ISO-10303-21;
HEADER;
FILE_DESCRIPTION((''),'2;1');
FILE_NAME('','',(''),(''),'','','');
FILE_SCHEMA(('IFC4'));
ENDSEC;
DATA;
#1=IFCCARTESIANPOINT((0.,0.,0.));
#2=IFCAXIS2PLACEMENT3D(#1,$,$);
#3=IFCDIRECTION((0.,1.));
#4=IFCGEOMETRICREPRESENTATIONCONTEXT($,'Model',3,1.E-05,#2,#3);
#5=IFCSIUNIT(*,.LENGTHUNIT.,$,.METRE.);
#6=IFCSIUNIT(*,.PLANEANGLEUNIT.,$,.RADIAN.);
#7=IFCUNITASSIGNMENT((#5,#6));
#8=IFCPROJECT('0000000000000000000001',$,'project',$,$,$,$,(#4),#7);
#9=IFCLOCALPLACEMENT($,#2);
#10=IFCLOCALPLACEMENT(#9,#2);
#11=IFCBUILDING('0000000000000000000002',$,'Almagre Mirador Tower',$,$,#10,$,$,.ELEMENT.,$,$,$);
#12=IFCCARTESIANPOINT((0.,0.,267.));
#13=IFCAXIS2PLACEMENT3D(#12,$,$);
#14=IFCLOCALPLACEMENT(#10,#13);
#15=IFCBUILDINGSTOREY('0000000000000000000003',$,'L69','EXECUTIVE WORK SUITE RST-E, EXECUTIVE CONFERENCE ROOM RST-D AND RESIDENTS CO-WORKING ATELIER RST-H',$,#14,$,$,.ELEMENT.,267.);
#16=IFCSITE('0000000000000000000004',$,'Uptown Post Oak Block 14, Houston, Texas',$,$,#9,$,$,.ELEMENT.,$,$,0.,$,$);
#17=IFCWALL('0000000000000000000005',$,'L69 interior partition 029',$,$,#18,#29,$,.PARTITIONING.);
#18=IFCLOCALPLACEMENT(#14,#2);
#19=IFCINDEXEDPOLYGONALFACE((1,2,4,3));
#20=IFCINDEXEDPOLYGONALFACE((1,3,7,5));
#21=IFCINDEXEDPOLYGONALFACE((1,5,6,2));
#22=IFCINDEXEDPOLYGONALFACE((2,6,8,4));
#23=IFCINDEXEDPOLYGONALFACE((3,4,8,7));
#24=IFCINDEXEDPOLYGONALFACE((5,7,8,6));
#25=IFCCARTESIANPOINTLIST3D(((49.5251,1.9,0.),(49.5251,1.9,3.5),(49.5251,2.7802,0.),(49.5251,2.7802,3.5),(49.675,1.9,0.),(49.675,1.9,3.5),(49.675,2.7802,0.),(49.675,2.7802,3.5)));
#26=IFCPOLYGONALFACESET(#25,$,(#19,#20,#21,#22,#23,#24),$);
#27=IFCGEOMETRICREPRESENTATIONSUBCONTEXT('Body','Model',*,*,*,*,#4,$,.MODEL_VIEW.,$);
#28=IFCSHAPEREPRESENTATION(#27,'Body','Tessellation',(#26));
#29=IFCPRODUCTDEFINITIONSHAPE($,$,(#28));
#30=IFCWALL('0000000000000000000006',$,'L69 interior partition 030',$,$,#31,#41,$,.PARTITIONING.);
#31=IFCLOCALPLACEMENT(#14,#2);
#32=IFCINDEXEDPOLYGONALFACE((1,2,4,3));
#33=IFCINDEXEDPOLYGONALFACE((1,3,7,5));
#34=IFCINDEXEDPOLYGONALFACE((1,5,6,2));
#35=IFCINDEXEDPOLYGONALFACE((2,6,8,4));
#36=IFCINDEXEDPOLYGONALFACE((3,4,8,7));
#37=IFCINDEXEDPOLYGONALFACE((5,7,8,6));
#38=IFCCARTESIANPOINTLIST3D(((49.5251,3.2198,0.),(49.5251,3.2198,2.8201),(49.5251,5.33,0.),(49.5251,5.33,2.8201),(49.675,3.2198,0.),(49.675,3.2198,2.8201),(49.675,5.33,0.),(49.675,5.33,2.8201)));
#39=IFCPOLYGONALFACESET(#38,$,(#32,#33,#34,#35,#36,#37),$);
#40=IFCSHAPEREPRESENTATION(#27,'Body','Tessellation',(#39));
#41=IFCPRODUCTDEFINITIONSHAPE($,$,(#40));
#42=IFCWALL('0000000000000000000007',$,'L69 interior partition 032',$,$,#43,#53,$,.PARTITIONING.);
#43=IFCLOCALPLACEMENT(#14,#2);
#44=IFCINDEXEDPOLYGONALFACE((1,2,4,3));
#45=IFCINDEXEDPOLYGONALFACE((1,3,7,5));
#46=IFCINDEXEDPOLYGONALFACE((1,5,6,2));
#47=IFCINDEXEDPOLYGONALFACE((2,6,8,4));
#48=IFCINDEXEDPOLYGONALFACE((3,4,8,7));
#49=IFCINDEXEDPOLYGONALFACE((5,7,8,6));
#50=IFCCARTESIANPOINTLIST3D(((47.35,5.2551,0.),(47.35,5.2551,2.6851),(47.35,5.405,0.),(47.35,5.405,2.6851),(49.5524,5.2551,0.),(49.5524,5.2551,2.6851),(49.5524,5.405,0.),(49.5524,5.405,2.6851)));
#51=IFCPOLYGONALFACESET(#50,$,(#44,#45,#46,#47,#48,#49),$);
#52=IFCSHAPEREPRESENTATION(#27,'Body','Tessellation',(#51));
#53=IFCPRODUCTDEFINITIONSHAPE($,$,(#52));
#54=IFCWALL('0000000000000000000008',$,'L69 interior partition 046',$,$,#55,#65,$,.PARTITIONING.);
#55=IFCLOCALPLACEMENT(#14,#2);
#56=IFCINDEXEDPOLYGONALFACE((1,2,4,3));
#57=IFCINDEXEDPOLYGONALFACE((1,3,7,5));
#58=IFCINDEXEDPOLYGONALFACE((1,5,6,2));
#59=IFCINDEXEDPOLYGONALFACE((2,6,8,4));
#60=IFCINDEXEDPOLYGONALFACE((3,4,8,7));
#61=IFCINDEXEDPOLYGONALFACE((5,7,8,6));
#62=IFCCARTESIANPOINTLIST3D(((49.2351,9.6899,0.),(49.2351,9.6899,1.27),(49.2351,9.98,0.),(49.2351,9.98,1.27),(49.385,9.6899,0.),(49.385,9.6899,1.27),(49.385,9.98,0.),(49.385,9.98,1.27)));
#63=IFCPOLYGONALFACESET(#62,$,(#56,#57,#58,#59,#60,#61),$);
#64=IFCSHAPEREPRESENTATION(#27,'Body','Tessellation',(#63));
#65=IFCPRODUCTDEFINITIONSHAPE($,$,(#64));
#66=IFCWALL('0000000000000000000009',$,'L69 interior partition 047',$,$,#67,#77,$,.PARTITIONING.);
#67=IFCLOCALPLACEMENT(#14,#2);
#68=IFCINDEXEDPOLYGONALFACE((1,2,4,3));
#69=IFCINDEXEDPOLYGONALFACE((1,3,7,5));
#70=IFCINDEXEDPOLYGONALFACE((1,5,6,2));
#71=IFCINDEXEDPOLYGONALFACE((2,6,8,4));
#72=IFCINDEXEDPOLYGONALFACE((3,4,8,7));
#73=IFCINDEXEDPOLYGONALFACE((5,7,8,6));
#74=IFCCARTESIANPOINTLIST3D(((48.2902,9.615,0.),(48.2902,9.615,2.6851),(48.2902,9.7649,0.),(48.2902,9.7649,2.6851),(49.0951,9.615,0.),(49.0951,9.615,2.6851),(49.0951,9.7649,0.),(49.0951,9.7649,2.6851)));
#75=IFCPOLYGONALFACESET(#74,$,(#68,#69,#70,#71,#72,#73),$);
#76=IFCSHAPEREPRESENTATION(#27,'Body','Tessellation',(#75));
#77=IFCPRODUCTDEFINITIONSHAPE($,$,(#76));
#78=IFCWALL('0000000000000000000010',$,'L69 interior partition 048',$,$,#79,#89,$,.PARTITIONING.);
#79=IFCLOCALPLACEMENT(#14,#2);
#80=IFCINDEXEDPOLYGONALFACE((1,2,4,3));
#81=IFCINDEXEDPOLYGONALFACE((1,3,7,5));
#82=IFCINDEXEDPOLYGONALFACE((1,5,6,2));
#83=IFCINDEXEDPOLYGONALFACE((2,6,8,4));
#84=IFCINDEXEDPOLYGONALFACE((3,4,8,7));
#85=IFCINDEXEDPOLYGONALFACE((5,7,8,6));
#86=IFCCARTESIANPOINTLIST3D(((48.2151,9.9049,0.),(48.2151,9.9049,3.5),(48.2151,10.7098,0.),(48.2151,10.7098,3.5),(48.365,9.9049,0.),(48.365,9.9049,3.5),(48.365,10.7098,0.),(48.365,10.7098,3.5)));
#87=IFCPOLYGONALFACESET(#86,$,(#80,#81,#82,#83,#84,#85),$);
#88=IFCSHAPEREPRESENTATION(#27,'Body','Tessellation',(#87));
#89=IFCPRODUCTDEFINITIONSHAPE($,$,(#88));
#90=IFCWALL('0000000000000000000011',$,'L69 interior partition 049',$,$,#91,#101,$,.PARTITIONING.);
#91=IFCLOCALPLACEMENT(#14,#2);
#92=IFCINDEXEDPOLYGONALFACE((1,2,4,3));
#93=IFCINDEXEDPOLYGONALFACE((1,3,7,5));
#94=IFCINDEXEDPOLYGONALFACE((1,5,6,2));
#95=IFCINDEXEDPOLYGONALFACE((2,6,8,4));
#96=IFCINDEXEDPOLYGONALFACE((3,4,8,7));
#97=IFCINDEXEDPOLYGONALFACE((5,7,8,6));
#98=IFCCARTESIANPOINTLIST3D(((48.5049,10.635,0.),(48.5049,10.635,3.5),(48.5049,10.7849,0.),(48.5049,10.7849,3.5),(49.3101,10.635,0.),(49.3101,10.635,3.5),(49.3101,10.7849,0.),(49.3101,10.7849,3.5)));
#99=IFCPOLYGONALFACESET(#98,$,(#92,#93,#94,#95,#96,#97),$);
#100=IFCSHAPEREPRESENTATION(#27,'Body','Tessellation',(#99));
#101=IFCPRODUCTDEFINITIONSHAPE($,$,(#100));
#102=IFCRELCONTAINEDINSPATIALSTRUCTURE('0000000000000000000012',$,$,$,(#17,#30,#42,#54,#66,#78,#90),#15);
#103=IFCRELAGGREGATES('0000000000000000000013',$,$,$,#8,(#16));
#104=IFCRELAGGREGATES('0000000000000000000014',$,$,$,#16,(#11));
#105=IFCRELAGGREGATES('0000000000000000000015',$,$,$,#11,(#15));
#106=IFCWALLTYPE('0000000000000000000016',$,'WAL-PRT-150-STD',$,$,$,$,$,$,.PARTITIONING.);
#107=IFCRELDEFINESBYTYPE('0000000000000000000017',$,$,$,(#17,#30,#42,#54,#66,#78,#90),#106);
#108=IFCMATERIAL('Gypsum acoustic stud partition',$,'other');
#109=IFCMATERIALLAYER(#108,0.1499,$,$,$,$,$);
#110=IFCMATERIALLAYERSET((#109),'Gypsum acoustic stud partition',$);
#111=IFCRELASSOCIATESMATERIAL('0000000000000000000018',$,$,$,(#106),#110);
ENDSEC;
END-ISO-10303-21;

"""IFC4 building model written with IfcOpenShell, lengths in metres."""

from ifc_helpers import new_model, si_unit, direction, frame, frame_2d, origin, place, context, subcontext, project, spatial, rectangle, extrude, material, layer, layer_set, type_object, element, save


model = new_model("IFC4")

# Units and contexts
model_context = context("Model", 3, precision=1e-05, world=origin(), true_north=direction((0.0, 1.0)))
body_context = subcontext(model_context, "Body", "Model", "MODEL_VIEW")
ifc_project = project(units=[si_unit("LENGTHUNIT", "METRE"), si_unit("PLANEANGLEUNIT", "RADIAN")], contexts=[model_context])

# Site, building, storey
site_placement = place(None, origin())
site = spatial("IfcSite", under=ifc_project, at=site_placement, Name="Uptown Post Oak Block 14, Houston, Texas", CompositionType="ELEMENT", RefElevation=0.0)
building_placement = place(site_placement, origin())
building = spatial("IfcBuilding", under=site, at=building_placement, Name="Almagre Mirador Tower", CompositionType="ELEMENT")
storey_placement = place(building_placement, frame((0.0, 0.0, 267.0)))
storey = spatial("IfcBuildingStorey", under=building, at=storey_placement, Name="L69", Description="EXECUTIVE WORK SUITE RST-E, EXECUTIVE CONFERENCE ROOM RST-D AND RESIDENTS CO-WORKING ATELIER RST-H", CompositionType="ELEMENT", Elevation=267.0)

# Walls
ifc_material_1 = material(Name="Gypsum acoustic stud partition", Category="other")
ifc_layer_1 = layer(ifc_material_1, 0.1499)
ifc_layer_set_1 = layer_set([ifc_layer_1], Name="Gypsum acoustic stud partition")
wall_type_1 = type_object("IfcWallType", Name="WAL-PRT-150-STD", PredefinedType="PARTITIONING", material=ifc_layer_set_1)
wall_1_placement = place(storey_placement, frame((49.6001, 2.78, 0.0), z_axis=(0.0, 0.0, 1.0), x_axis=(0.0, -1.0, 0.0)))
element("IfcWall", 1, at=wall_1_placement, inside=storey, type_object=wall_type_1, Name="L69 interior partition 029", PredefinedType="PARTITIONING", context=body_context, shape_type="SweptSolid", body=[
    extrude(rectangle(XDim=0.8801, YDim=0.1499, at=frame_2d((0.4399, 0.0))), origin(), (0.0, 0.0, 1.0), 3.5),
])
wall_2_placement = place(storey_placement, frame((49.6001, 5.3301, 0.0), z_axis=(0.0, 0.0, 1.0), x_axis=(0.0, -1.0, 0.0)))
element("IfcWall", 2, at=wall_2_placement, inside=storey, type_object=wall_type_1, Name="L69 interior partition 030", PredefinedType="PARTITIONING", context=body_context, shape_type="SweptSolid", body=[
    extrude(rectangle(XDim=2.1101, YDim=0.1499, at=frame_2d((1.0552, 0.0))), origin(), (0.0, 0.0, 1.0), 2.8201),
])
wall_3_placement = place(storey_placement, frame((47.3501, 5.3301, 0.0), z_axis=(0.0, 0.0, 1.0), x_axis=(1.0, 0.0, 0.0)))
element("IfcWall", 3, at=wall_3_placement, inside=storey, type_object=wall_type_1, Name="L69 interior partition 032", PredefinedType="PARTITIONING", context=body_context, shape_type="SweptSolid", body=[
    extrude(rectangle(XDim=2.2024, YDim=0.1499, at=frame_2d((1.1011, 0.0))), origin(), (0.0, 0.0, 1.0), 2.6851),
])
wall_4_placement = place(storey_placement, frame((49.3101, 9.98, 0.0), z_axis=(0.0, 0.0, 1.0), x_axis=(0.0, -1.0, 0.0)))
element("IfcWall", 4, at=wall_4_placement, inside=storey, type_object=wall_type_1, Name="L69 interior partition 046", PredefinedType="PARTITIONING", context=body_context, shape_type="SweptSolid", body=[
    extrude(rectangle(XDim=0.29, YDim=0.1499, at=frame_2d((0.145, 0.0))), origin(), (0.0, 0.0, 1.0), 1.27),
])
wall_5_placement = place(storey_placement, frame((49.095, 9.6899, 0.0), z_axis=(0.0, 0.0, 1.0), x_axis=(-1.0, 0.0, 0.0)))
element("IfcWall", 5, at=wall_5_placement, inside=storey, type_object=wall_type_1, Name="L69 interior partition 047", PredefinedType="PARTITIONING", context=body_context, shape_type="SweptSolid", body=[
    extrude(rectangle(XDim=0.8049, YDim=0.1499, at=frame_2d((0.4023, 0.0))), origin(), (0.0, 0.0, 1.0), 2.6851),
])
wall_6_placement = place(storey_placement, frame((48.29, 9.905, 0.0), z_axis=(0.0, 0.0, 1.0), x_axis=(0.0, 1.0, 0.0)))
element("IfcWall", 6, at=wall_6_placement, inside=storey, type_object=wall_type_1, Name="L69 interior partition 048", PredefinedType="PARTITIONING", context=body_context, shape_type="SweptSolid", body=[
    extrude(rectangle(XDim=0.8049, YDim=0.1499, at=frame_2d((0.4023, 0.0))), origin(), (0.0, 0.0, 1.0), 3.5),
])
wall_7_placement = place(storey_placement, frame((48.5049, 10.71, 0.0), z_axis=(0.0, 0.0, 1.0), x_axis=(1.0, 0.0, 0.0)))
element("IfcWall", 7, at=wall_7_placement, inside=storey, type_object=wall_type_1, Name="L69 interior partition 049", PredefinedType="PARTITIONING", context=body_context, shape_type="SweptSolid", body=[
    extrude(rectangle(XDim=0.8052, YDim=0.1499, at=frame_2d((0.4026, 0.0))), origin(), (0.0, 0.0, 1.0), 3.5),
])

save(model, "model.ifc")
